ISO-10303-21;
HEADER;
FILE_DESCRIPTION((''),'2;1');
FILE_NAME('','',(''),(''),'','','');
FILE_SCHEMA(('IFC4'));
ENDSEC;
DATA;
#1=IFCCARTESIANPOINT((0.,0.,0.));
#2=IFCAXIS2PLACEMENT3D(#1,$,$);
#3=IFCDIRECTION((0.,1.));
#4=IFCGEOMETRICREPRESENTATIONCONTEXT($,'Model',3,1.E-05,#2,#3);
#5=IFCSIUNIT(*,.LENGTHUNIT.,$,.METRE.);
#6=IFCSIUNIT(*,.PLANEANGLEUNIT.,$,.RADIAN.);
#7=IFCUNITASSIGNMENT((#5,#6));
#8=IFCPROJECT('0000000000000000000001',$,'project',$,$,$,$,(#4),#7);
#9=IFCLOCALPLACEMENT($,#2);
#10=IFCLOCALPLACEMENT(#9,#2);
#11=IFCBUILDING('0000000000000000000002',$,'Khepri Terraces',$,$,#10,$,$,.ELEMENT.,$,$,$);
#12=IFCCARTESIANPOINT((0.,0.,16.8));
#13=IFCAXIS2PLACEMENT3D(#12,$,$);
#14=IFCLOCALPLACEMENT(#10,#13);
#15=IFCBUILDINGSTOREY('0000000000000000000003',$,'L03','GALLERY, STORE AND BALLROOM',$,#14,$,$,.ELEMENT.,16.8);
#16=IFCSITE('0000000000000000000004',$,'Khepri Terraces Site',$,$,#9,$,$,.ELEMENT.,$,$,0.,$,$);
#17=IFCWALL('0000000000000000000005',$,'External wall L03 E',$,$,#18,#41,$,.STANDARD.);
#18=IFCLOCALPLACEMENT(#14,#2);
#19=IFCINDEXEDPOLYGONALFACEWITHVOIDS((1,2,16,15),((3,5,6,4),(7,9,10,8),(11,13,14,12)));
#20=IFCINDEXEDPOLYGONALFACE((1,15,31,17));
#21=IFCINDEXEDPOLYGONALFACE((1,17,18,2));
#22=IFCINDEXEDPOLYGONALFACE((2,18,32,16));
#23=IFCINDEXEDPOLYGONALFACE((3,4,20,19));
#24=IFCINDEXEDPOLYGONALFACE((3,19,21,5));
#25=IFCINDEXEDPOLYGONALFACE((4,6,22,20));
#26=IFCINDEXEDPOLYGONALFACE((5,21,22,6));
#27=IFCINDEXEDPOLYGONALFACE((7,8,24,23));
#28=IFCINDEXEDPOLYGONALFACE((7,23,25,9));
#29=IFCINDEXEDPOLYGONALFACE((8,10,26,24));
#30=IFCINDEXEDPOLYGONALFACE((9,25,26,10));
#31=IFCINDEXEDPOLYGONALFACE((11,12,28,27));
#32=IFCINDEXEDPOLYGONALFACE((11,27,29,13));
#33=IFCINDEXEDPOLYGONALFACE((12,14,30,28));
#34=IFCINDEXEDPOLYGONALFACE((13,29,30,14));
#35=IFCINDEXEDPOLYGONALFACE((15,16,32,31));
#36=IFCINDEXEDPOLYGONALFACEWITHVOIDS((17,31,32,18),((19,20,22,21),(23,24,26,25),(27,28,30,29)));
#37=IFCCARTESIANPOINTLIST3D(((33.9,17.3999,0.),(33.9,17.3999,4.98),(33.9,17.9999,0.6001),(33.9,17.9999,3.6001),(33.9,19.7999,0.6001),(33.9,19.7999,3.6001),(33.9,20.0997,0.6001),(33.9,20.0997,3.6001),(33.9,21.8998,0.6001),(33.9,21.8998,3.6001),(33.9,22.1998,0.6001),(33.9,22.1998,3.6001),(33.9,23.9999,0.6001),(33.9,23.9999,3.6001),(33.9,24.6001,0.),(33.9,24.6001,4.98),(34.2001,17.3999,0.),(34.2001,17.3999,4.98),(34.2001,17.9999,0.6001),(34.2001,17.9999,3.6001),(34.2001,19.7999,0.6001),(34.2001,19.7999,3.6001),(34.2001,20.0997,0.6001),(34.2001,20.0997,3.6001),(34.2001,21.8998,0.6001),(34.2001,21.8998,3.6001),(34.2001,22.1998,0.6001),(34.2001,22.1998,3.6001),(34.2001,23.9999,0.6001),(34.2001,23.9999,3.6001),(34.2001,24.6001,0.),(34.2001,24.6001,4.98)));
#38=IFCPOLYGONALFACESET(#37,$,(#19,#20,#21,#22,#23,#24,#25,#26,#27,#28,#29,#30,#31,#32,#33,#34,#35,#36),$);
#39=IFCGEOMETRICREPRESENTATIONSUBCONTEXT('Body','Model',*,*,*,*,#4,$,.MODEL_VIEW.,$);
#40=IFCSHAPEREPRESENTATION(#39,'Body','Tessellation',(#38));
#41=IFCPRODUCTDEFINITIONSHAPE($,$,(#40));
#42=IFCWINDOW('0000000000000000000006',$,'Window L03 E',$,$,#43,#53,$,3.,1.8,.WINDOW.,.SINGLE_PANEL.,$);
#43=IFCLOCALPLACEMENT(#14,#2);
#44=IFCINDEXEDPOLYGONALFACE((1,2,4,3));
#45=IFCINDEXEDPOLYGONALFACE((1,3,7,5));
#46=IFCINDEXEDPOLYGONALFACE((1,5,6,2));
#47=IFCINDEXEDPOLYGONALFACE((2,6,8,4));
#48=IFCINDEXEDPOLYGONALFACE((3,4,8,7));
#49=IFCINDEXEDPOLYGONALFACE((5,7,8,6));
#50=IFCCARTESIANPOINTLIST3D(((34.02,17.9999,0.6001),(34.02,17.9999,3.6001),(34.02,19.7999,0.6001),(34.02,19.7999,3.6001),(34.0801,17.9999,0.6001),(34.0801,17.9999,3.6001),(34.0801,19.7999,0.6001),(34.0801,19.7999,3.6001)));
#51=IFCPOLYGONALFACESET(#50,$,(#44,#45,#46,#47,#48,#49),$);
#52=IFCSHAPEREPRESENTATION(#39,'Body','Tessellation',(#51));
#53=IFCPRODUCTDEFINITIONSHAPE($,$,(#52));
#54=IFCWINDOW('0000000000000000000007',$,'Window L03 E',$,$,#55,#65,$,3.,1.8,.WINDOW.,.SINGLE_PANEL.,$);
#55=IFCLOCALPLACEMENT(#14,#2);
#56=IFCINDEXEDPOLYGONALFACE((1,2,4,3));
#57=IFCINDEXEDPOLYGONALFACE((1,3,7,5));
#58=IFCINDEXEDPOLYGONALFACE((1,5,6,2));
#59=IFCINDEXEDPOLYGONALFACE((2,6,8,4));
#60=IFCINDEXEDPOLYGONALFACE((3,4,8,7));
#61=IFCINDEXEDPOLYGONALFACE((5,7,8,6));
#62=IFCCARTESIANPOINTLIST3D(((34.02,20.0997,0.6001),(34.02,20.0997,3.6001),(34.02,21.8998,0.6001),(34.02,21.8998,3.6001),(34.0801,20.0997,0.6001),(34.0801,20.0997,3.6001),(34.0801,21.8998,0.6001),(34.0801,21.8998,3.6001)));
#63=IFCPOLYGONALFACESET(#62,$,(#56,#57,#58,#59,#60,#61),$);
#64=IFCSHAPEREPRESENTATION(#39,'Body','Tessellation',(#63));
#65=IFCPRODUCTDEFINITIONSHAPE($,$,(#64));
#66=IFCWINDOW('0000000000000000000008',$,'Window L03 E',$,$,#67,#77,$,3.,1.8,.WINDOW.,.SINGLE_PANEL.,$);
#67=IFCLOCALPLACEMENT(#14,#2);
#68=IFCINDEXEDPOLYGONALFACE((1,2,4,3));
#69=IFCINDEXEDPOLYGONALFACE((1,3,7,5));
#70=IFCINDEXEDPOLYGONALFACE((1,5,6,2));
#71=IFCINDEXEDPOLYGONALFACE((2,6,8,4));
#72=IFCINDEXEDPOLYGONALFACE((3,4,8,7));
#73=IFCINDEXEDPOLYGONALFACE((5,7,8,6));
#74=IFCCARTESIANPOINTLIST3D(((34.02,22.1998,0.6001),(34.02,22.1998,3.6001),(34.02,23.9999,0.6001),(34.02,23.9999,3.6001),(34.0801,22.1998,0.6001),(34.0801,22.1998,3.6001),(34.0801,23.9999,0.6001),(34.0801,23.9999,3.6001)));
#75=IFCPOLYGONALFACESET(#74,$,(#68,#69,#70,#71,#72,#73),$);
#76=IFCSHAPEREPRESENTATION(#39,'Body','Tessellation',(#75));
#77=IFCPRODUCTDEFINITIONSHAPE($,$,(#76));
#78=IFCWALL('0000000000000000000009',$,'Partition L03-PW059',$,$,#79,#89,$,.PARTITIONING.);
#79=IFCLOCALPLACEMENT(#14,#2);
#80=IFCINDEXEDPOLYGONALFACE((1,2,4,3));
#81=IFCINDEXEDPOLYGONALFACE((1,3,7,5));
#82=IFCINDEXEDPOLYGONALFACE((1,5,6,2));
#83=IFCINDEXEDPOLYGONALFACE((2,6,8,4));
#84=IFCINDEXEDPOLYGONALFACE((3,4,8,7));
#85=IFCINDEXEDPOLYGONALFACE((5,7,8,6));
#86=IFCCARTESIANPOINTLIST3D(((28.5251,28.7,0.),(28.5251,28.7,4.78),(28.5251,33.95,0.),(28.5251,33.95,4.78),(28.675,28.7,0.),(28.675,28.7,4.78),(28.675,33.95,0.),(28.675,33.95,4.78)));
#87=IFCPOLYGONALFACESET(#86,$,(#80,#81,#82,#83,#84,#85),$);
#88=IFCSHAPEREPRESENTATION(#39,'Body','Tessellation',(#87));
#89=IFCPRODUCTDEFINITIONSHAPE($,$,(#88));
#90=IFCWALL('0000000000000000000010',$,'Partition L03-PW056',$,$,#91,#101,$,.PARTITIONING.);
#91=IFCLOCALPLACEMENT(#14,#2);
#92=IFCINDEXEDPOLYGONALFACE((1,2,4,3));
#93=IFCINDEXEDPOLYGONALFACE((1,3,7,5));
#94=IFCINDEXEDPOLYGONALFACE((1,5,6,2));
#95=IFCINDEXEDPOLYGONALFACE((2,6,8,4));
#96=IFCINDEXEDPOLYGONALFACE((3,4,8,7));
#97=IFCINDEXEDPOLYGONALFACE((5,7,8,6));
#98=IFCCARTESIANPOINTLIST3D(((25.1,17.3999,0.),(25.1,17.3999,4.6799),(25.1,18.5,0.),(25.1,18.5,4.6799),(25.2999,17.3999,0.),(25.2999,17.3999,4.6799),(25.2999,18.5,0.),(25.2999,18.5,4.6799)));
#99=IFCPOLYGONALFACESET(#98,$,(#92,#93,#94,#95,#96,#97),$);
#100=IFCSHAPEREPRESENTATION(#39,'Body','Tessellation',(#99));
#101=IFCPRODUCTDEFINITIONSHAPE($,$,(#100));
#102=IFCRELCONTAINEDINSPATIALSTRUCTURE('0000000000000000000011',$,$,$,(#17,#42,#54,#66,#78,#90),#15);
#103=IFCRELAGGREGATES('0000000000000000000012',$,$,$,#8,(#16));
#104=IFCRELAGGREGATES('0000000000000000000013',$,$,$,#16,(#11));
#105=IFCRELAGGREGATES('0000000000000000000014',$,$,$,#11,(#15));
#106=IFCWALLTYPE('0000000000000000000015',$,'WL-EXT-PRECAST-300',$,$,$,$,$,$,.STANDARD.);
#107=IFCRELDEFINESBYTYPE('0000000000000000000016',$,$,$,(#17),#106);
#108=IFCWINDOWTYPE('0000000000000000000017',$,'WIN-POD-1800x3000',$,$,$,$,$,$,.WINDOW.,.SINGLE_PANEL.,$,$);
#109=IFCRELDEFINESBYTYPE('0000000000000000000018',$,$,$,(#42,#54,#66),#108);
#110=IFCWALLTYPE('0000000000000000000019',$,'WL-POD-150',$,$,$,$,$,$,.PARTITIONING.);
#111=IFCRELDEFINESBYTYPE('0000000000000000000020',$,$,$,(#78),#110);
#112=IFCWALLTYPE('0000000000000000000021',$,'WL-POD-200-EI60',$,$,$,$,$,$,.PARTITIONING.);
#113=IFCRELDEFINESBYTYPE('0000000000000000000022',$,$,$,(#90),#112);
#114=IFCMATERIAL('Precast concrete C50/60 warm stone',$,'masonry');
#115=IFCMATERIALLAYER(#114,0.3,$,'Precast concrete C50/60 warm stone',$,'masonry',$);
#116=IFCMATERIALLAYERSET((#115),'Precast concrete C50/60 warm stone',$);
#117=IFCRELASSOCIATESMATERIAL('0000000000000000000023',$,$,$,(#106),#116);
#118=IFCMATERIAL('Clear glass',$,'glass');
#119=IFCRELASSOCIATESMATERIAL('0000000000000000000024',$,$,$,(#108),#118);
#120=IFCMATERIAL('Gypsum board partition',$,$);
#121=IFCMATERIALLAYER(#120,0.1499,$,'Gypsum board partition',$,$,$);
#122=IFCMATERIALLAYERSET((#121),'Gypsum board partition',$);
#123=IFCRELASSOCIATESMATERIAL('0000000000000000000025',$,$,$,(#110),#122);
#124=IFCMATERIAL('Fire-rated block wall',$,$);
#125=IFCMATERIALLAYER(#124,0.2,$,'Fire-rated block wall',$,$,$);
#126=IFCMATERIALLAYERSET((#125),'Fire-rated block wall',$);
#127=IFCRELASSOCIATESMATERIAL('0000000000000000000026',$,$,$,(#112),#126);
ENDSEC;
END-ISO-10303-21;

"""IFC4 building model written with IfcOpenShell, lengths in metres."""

from ifc_helpers import new_model, si_unit, direction, frame, frame_2d, origin, place, context, subcontext, project, spatial, rectangle, extrude, material, layer, layer_set, type_object, element, fill, save


model = new_model("IFC4")

# Units and contexts
model_context = context("Model", 3, precision=1e-05, world=origin(), true_north=direction((0.0, 1.0)))
body_context = subcontext(model_context, "Body", "Model", "MODEL_VIEW")
ifc_project = project(units=[si_unit("LENGTHUNIT", "METRE"), si_unit("PLANEANGLEUNIT", "RADIAN")], contexts=[model_context])

# Site, building, storey
site_placement = place(None, origin())
site = spatial("IfcSite", under=ifc_project, at=site_placement, Name="Khepri Terraces Site", CompositionType="ELEMENT", RefElevation=0.0)
building_placement = place(site_placement, origin())
building = spatial("IfcBuilding", under=site, at=building_placement, Name="Khepri Terraces", CompositionType="ELEMENT")
storey_placement = place(building_placement, frame((0.0, 0.0, 16.8)))
storey = spatial("IfcBuildingStorey", under=building, at=storey_placement, Name="L03", Description="GALLERY, STORE AND BALLROOM", CompositionType="ELEMENT", Elevation=16.8)

# Shared definitions
ifc_material_1 = material(Name="Clear glass", Category="glass")

# Wall, openings, windows
ifc_material_2 = material(Name="Precast concrete C50/60 warm stone", Category="masonry")
ifc_layer_1 = layer(ifc_material_2, 0.3, Name="Precast concrete C50/60 warm stone", Category="masonry")
ifc_layer_set_1 = layer_set([ifc_layer_1], Name="Precast concrete C50/60 warm stone")
wall_type_1 = type_object("IfcWallType", Name="WL-EXT-PRECAST-300", PredefinedType="STANDARD", material=ifc_layer_set_1)
wall_1_placement = place(storey_placement, frame((34.05, 17.3999, 0.0), z_axis=(0.0, 0.0, 1.0), x_axis=(0.0, 1.0, 0.0)))
wall_1 = element("IfcWall", 1, at=wall_1_placement, inside=storey, type_object=wall_type_1, Name="External wall L03 E", PredefinedType="STANDARD", context=body_context, shape_type="SweptSolid", body=[
    extrude(rectangle(XDim=7.2002, YDim=0.3, at=frame_2d((3.6001, 0.0))), origin(), (0.0, 0.0, 1.0), 4.98),
])
opening_1_placement = place(wall_1_placement, frame((0.6001, 0.0, 0.6001)))
opening_1 = element("IfcOpeningElement", 2, at=opening_1_placement, cuts=wall_1, PredefinedType="OPENING", context=body_context, shape_type="SweptSolid", body=[
    extrude(rectangle(XDim=1.8, YDim=3.0, at=frame_2d((0.8999, 1.5))), frame((0.0, 0.1602, 0.0), z_axis=(0.0, -1.0, 0.0), x_axis=(1.0, 0.0, 0.0)), (0.0, 0.0, 1.0), 0.3201),
])
opening_2_placement = place(wall_1_placement, frame((2.7, 0.0, 0.6001)))
opening_2 = element("IfcOpeningElement", 3, at=opening_2_placement, cuts=wall_1, PredefinedType="OPENING", context=body_context, shape_type="SweptSolid", body=[
    extrude(rectangle(XDim=1.8, YDim=3.0, at=frame_2d((0.8999, 1.5))), frame((0.0, 0.1602, 0.0), z_axis=(0.0, -1.0, 0.0), x_axis=(1.0, 0.0, 0.0)), (0.0, 0.0, 1.0), 0.3201),
])
opening_3_placement = place(wall_1_placement, frame((4.8, 0.0, 0.6001)))
opening_3 = element("IfcOpeningElement", 4, at=opening_3_placement, cuts=wall_1, PredefinedType="OPENING", context=body_context, shape_type="SweptSolid", body=[
    extrude(rectangle(XDim=1.8, YDim=3.0, at=frame_2d((0.8999, 1.5))), frame((0.0, 0.1602, 0.0), z_axis=(0.0, -1.0, 0.0), x_axis=(1.0, 0.0, 0.0)), (0.0, 0.0, 1.0), 0.3201),
])
window_type = type_object("IfcWindowType", Name="WIN-POD-1800x3000", PartitioningType="SINGLE_PANEL", PredefinedType="WINDOW", material=ifc_material_1)
window_1_placement = place(opening_1_placement, origin())
window_1 = element("IfcWindow", 5, at=window_1_placement, inside=storey, type_object=window_type, Name="Window L03 E", OverallHeight=3.0, OverallWidth=1.8, PartitioningType="SINGLE_PANEL", PredefinedType="WINDOW", context=body_context, shape_type="SweptSolid", body=[
    extrude(rectangle(XDim=1.8, YDim=3.0, at=frame_2d((0.8999, 1.5))), frame((0.0, 0.03, 0.0), z_axis=(0.0, -1.0, 0.0), x_axis=(1.0, 0.0, 0.0)), (0.0, 0.0, 1.0), 0.0601),
])
fill(opening_1, window_1)
window_2_placement = place(opening_2_placement, origin())
window_2 = element("IfcWindow", 6, at=window_2_placement, inside=storey, type_object=window_type, Name="Window L03 E", OverallHeight=3.0, OverallWidth=1.8, PartitioningType="SINGLE_PANEL", PredefinedType="WINDOW", context=body_context, shape_type="SweptSolid", body=[
    extrude(rectangle(XDim=1.8, YDim=3.0, at=frame_2d((0.8999, 1.5))), frame((0.0, 0.03, 0.0), z_axis=(0.0, -1.0, 0.0), x_axis=(1.0, 0.0, 0.0)), (0.0, 0.0, 1.0), 0.0601),
])
fill(opening_2, window_2)
window_3_placement = place(opening_3_placement, origin())
window_3 = element("IfcWindow", 7, at=window_3_placement, inside=storey, type_object=window_type, Name="Window L03 E", OverallHeight=3.0, OverallWidth=1.8, PartitioningType="SINGLE_PANEL", PredefinedType="WINDOW", context=body_context, shape_type="SweptSolid", body=[
    extrude(rectangle(XDim=1.8, YDim=3.0, at=frame_2d((0.8999, 1.5))), frame((0.0, 0.03, 0.0), z_axis=(0.0, -1.0, 0.0), x_axis=(1.0, 0.0, 0.0)), (0.0, 0.0, 1.0), 0.0601),
])
fill(opening_3, window_3)

# Walls
ifc_material_3 = material(Name="Gypsum board partition")
ifc_layer_2 = layer(ifc_material_3, 0.1499, Name="Gypsum board partition")
ifc_layer_set_2 = layer_set([ifc_layer_2], Name="Gypsum board partition")
wall_type_2 = type_object("IfcWallType", Name="WL-POD-150", PredefinedType="PARTITIONING", material=ifc_layer_set_2)
wall_2_placement = place(storey_placement, frame((28.6001, 28.7, 0.0), z_axis=(0.0, 0.0, 1.0), x_axis=(0.0, 1.0, 0.0)))
element("IfcWall", 8, at=wall_2_placement, inside=storey, type_object=wall_type_2, Name="Partition L03-PW059", PredefinedType="PARTITIONING", context=body_context, shape_type="SweptSolid", body=[
    extrude(rectangle(XDim=5.25, YDim=0.1499, at=frame_2d((2.625, 0.0))), origin(), (0.0, 0.0, 1.0), 4.78),
])
ifc_material_4 = material(Name="Fire-rated block wall")
ifc_layer_3 = layer(ifc_material_4, 0.2, Name="Fire-rated block wall")
ifc_layer_set_3 = layer_set([ifc_layer_3], Name="Fire-rated block wall")
wall_type_3 = type_object("IfcWallType", Name="WL-POD-200-EI60", PredefinedType="PARTITIONING", material=ifc_layer_set_3)
wall_3_placement = place(storey_placement, frame((25.2, 17.3999, 0.0), z_axis=(0.0, 0.0, 1.0), x_axis=(0.0, 1.0, 0.0)))
element("IfcWall", 9, at=wall_3_placement, inside=storey, type_object=wall_type_3, Name="Partition L03-PW056", PredefinedType="PARTITIONING", context=body_context, shape_type="SweptSolid", body=[
    extrude(rectangle(XDim=1.1001, YDim=0.2, at=frame_2d((0.55, 0.0))), origin(), (0.0, 0.0, 1.0), 4.6799),
])

save(model, "model.ifc")
